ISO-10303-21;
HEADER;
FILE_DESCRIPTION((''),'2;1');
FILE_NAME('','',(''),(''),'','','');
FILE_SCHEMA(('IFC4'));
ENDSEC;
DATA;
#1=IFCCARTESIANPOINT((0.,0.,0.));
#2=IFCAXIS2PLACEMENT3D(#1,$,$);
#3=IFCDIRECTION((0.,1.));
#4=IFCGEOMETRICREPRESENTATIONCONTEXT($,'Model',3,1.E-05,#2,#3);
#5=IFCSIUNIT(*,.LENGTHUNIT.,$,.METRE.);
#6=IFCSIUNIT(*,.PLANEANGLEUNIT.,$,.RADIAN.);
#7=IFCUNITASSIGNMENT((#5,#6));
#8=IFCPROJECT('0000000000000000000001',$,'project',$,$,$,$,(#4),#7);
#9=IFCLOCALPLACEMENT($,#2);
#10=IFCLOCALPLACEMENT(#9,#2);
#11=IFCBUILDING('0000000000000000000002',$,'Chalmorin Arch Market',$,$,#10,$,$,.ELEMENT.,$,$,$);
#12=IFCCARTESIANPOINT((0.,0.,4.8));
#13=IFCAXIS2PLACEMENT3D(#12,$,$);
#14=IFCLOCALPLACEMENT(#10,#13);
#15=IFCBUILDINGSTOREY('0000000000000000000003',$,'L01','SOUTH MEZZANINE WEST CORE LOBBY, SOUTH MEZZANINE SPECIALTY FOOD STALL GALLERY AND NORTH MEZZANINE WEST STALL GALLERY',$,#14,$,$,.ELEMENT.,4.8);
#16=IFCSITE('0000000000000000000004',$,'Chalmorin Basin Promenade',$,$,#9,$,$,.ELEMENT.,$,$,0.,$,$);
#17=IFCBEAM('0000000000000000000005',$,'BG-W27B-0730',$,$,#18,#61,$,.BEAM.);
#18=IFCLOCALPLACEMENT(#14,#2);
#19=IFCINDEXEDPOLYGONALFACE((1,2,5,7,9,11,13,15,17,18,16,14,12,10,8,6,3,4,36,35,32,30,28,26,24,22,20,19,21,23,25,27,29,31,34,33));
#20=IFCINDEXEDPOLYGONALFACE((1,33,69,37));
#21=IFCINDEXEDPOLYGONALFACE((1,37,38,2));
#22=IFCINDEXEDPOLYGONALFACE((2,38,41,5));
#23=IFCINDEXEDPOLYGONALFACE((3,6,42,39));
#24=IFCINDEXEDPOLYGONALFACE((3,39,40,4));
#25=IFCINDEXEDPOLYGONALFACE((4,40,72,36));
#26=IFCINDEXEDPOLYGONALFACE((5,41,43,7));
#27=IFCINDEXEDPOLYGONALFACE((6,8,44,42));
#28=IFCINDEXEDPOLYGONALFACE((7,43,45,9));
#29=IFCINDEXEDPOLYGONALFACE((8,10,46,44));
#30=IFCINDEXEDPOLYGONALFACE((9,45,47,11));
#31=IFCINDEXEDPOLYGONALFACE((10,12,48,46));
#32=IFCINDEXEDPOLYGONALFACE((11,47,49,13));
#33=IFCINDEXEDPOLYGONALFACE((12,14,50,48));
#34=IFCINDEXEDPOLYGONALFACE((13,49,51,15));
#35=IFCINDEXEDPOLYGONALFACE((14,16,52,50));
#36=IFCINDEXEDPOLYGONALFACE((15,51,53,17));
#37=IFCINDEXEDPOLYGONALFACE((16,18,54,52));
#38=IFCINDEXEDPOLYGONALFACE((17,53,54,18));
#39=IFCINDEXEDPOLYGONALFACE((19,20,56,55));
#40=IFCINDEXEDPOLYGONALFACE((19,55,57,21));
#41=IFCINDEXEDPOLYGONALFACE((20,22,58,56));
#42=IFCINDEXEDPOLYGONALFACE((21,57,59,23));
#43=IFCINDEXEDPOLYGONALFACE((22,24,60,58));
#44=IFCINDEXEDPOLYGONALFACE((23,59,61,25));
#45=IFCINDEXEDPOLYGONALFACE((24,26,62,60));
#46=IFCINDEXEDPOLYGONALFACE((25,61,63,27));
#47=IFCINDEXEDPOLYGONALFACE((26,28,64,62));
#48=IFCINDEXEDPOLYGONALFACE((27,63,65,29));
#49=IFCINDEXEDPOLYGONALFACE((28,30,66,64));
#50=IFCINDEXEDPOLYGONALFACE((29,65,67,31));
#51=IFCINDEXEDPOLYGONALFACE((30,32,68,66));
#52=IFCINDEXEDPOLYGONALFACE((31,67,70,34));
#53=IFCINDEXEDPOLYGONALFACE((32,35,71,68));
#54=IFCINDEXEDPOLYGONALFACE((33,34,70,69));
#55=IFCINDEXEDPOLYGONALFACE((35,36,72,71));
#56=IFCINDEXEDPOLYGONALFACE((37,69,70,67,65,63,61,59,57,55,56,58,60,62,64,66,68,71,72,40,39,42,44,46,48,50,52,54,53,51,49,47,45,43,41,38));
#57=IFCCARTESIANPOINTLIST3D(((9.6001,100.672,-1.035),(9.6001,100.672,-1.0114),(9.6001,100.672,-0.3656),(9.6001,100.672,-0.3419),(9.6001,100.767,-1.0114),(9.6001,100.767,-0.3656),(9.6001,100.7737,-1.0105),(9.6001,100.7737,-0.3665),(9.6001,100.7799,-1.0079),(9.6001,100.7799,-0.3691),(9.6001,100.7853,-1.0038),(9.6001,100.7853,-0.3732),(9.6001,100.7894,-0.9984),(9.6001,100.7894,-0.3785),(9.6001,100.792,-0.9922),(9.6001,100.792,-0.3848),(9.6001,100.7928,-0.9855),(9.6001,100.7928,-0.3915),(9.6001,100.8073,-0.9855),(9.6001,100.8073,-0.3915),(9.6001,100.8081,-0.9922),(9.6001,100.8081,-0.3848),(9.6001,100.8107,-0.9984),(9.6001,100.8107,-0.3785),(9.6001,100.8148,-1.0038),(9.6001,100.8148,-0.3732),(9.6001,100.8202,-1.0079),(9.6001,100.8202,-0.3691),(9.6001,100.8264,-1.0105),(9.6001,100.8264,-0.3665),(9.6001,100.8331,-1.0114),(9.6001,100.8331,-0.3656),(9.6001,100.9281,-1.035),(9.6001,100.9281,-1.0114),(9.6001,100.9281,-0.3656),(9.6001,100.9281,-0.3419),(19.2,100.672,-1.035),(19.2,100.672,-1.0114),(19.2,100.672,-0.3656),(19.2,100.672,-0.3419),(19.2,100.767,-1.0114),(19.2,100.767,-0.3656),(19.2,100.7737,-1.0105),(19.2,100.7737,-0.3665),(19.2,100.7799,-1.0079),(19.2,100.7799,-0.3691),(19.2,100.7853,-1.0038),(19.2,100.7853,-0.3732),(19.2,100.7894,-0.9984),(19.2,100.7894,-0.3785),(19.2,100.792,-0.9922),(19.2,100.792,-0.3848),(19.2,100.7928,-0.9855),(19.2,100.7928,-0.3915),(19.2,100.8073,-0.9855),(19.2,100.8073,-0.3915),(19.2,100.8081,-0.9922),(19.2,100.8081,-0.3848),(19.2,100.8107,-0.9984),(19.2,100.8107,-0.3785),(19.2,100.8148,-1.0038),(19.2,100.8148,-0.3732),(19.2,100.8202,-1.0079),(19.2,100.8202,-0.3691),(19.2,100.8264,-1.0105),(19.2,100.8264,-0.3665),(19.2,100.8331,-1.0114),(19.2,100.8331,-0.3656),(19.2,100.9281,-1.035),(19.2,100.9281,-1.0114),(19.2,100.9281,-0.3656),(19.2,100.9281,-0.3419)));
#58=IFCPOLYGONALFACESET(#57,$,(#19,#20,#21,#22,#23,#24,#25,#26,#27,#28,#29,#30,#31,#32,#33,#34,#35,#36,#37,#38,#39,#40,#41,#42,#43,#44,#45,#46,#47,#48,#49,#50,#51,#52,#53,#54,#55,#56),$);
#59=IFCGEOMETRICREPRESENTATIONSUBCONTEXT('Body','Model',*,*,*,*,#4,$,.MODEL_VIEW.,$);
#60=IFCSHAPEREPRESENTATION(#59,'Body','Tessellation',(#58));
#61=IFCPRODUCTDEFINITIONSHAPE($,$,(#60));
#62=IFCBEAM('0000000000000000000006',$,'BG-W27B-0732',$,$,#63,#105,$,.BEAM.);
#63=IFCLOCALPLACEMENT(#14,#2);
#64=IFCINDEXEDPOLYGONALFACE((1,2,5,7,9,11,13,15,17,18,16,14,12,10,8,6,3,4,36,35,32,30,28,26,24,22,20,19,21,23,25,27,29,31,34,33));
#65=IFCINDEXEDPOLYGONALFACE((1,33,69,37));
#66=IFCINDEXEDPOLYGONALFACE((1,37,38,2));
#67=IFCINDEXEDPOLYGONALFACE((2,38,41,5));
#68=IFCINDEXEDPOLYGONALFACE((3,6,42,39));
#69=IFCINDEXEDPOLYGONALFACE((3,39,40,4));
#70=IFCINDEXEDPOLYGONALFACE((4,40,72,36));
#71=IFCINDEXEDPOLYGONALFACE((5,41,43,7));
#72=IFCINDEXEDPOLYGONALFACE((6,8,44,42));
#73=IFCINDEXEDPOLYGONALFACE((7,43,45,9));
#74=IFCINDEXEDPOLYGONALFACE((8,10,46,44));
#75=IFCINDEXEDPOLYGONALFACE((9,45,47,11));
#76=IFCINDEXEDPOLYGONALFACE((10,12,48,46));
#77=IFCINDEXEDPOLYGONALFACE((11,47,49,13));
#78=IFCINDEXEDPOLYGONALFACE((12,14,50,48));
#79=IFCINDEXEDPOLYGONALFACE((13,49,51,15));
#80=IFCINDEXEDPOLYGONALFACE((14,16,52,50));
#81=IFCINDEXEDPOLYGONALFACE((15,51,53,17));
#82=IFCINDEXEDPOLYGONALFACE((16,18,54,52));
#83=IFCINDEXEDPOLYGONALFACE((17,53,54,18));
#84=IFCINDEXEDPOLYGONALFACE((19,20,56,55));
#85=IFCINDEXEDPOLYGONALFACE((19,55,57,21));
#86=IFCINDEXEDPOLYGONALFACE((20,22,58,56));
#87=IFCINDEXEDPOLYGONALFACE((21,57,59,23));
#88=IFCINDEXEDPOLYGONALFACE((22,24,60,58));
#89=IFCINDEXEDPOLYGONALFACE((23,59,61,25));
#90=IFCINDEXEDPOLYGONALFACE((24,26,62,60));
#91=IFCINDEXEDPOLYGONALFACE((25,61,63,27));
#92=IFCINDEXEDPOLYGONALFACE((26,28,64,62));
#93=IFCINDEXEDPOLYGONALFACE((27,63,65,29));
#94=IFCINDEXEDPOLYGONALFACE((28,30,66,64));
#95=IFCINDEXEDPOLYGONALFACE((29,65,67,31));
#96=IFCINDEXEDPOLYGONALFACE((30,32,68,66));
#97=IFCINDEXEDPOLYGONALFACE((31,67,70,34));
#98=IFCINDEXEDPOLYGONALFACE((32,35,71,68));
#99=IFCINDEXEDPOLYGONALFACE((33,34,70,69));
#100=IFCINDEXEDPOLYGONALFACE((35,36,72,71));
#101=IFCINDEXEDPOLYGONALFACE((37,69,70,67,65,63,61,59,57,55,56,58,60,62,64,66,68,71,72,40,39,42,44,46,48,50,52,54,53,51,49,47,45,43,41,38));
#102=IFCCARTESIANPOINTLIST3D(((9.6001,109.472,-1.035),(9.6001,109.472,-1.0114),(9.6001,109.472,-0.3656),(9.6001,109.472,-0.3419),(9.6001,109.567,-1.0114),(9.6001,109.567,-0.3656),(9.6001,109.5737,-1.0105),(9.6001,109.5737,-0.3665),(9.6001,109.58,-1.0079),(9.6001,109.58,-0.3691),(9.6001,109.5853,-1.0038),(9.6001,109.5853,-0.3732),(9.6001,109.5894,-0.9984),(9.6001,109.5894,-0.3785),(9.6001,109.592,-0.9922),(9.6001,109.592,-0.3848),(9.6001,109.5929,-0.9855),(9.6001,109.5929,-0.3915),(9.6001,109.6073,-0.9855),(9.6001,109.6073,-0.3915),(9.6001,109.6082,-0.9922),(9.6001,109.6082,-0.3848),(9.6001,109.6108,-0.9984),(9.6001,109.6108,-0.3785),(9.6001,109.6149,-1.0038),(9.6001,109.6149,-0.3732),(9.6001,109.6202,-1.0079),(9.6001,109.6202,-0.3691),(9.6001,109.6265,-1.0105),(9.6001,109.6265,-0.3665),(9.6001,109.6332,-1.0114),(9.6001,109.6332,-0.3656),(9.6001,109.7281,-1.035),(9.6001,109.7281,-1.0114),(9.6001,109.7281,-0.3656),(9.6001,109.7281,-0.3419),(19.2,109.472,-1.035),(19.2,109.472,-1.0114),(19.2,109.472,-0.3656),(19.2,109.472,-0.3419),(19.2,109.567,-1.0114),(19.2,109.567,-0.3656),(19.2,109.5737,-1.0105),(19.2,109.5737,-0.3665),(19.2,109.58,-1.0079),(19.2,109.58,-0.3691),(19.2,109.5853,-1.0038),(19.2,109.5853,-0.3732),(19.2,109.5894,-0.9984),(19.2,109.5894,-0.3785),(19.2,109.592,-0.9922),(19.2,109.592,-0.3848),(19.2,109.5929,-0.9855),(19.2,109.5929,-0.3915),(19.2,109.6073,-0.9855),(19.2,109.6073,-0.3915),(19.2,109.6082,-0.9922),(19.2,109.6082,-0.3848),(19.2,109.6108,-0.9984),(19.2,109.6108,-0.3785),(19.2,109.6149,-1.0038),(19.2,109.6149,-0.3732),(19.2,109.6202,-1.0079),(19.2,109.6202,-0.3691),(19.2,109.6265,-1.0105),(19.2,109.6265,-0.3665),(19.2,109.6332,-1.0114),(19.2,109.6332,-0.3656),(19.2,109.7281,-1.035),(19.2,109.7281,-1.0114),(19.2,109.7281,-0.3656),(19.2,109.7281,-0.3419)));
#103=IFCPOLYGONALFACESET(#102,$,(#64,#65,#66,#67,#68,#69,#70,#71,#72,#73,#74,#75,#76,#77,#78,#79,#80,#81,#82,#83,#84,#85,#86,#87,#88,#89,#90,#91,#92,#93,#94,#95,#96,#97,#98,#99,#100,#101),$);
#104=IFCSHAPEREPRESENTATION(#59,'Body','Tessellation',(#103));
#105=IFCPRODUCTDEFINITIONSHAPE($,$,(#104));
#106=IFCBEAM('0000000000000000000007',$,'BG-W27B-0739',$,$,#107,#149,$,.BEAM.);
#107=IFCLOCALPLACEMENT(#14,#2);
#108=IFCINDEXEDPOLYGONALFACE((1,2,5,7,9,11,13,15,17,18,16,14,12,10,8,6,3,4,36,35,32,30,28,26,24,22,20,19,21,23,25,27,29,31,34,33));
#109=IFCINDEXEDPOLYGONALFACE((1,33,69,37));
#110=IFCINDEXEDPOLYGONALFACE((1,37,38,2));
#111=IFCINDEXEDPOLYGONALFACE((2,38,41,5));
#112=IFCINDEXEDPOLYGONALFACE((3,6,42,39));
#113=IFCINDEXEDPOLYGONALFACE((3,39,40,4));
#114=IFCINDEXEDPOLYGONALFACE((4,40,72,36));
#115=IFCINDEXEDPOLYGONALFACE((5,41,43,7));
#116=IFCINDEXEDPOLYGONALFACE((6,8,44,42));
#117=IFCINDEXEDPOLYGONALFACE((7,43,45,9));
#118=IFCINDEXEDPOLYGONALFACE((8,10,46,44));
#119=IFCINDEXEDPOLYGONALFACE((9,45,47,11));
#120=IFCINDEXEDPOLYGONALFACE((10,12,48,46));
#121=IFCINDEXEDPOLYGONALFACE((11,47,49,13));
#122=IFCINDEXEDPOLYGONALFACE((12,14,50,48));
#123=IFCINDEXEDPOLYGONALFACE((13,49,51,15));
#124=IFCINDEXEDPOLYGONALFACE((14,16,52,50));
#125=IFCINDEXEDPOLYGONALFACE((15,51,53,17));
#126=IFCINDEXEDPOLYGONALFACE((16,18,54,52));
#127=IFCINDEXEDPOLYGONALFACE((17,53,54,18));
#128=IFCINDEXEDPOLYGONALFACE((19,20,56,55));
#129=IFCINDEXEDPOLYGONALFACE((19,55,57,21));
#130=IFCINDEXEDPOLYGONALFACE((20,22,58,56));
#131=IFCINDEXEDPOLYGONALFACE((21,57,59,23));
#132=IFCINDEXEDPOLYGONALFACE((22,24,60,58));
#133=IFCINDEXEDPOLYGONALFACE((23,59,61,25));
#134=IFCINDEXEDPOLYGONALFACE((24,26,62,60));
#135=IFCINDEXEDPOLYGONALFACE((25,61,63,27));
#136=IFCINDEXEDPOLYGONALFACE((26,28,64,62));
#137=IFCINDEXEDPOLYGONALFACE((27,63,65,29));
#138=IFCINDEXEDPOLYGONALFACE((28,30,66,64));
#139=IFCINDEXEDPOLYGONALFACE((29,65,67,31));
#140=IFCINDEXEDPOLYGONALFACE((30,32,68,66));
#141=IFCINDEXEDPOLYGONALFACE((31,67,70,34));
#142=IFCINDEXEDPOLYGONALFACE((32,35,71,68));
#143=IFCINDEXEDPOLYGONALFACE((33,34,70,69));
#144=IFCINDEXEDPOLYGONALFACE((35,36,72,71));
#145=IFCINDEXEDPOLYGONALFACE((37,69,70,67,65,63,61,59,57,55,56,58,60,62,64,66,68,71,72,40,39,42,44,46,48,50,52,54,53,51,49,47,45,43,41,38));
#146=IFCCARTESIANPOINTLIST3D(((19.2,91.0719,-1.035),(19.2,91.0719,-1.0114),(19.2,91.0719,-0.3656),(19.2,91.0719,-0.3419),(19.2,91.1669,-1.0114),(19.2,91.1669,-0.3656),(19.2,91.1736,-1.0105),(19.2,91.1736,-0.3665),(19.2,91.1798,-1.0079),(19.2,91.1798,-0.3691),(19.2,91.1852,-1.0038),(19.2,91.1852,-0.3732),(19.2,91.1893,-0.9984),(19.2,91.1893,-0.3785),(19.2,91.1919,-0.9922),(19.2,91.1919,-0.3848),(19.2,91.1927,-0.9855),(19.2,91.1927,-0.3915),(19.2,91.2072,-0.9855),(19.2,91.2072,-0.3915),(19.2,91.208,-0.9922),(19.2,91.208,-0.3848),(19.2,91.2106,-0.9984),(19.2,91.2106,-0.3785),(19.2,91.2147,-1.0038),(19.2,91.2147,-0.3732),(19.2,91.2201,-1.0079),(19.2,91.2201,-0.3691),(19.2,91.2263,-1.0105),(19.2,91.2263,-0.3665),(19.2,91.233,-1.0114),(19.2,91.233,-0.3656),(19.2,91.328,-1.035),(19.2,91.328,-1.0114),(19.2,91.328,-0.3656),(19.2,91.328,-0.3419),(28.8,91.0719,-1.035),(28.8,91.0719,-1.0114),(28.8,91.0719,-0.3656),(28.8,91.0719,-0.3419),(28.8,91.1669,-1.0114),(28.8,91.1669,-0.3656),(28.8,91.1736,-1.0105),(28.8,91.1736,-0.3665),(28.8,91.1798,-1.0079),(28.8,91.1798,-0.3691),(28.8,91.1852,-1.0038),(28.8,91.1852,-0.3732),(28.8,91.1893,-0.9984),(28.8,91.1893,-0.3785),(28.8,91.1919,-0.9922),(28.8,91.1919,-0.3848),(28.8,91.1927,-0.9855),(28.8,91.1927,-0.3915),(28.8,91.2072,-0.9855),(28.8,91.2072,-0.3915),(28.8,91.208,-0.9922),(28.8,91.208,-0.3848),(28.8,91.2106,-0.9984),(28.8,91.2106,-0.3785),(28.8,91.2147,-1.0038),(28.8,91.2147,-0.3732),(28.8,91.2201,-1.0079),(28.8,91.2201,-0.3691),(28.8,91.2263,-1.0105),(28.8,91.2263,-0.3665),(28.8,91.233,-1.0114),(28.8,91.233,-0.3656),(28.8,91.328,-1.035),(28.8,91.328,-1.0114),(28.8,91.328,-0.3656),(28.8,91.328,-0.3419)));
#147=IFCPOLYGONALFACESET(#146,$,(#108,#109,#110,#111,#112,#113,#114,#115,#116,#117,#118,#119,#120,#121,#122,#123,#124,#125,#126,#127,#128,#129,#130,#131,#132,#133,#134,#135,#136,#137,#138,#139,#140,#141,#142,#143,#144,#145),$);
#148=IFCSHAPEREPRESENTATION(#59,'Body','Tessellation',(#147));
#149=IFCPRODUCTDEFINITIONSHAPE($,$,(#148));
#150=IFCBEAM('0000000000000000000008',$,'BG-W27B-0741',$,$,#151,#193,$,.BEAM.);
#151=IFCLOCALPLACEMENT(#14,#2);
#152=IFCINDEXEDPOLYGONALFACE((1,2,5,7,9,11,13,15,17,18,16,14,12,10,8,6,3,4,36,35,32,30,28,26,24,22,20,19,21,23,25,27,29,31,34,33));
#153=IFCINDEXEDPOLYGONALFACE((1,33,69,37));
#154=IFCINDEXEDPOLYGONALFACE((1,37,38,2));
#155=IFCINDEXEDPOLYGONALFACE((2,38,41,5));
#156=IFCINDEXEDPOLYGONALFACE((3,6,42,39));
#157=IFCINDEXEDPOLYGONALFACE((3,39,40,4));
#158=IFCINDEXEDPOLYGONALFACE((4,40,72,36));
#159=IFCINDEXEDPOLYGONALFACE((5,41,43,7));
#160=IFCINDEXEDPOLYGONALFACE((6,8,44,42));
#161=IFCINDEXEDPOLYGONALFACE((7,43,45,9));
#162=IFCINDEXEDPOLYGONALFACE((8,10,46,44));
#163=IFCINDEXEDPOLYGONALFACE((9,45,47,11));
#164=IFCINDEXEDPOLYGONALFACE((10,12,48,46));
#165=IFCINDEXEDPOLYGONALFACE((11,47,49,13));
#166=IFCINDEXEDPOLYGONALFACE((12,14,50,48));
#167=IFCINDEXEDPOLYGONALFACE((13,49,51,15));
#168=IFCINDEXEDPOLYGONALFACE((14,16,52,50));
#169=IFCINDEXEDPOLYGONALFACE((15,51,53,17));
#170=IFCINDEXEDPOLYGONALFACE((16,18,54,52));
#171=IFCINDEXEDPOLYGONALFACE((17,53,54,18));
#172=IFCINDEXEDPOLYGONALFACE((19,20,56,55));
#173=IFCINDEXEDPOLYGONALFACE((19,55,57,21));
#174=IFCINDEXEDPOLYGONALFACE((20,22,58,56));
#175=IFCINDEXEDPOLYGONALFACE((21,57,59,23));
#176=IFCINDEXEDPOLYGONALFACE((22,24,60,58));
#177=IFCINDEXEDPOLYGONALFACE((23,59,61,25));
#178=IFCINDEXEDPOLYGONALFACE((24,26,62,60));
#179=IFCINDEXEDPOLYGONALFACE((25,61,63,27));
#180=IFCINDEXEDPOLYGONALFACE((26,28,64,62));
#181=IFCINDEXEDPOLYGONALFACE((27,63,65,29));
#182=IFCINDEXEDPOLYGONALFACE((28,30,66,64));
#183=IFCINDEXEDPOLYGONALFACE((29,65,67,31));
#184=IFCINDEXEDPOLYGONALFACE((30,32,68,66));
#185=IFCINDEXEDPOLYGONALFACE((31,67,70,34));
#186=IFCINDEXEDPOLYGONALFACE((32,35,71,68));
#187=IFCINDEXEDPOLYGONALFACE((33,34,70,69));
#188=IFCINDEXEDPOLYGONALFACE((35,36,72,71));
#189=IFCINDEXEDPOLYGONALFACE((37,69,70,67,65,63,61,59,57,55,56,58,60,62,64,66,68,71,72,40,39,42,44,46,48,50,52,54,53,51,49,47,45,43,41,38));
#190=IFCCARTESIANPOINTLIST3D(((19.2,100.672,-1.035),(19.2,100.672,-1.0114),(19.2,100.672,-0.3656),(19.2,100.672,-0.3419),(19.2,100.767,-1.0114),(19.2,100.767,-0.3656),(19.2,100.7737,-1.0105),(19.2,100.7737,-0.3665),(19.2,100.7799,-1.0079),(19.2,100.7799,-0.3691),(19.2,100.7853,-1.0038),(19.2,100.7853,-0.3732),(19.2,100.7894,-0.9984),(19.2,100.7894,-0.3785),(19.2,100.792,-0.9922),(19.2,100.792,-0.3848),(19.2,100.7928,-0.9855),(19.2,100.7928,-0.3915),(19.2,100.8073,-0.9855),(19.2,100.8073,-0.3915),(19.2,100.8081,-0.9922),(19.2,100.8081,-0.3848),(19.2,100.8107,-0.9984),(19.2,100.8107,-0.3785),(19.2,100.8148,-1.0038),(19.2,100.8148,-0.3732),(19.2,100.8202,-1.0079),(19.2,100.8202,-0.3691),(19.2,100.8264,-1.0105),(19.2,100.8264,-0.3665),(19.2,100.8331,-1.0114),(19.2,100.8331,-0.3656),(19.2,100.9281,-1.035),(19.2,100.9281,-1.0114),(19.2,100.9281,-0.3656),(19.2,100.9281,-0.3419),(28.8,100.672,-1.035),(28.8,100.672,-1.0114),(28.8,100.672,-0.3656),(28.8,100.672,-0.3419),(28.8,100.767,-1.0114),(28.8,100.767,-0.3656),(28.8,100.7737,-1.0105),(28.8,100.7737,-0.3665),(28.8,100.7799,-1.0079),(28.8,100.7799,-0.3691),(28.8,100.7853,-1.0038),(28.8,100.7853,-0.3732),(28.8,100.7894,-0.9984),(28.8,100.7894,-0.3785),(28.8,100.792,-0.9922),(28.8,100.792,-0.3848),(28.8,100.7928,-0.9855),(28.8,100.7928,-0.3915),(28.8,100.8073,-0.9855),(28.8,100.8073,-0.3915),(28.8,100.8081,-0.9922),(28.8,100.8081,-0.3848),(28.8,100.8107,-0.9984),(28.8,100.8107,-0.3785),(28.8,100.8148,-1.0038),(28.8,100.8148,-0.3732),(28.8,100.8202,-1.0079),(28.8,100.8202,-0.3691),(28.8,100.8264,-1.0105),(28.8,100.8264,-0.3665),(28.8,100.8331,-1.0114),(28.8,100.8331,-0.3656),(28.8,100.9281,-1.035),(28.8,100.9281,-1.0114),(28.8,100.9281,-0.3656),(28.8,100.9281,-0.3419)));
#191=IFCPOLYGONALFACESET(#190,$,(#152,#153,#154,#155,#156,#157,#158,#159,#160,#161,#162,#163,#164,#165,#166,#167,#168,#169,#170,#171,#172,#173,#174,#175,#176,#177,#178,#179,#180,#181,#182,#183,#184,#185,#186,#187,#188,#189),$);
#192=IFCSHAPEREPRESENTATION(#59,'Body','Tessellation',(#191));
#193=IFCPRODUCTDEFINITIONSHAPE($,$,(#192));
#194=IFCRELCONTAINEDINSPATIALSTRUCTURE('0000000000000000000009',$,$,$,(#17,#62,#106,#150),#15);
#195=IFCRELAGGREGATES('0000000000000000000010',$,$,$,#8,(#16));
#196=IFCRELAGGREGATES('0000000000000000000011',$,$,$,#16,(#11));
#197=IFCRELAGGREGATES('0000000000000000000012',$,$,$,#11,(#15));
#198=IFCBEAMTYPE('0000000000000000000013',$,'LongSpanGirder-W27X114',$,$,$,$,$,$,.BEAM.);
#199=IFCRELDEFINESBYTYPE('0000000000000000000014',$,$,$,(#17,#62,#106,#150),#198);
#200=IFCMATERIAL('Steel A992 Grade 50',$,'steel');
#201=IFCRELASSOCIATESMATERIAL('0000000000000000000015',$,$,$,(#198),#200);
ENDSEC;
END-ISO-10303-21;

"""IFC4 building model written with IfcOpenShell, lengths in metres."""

from ifc_helpers import new_model, si_unit, direction, frame, origin, origin_2d, place, context, subcontext, project, spatial, i_section, extrude, material, material_profile, profile_set, type_object, element, save


model = new_model("IFC4")

# Units and contexts
model_context = context("Model", 3, precision=1e-05, world=origin(), true_north=direction((0.0, 1.0)))
body_context = subcontext(model_context, "Body", "Model", "MODEL_VIEW")
ifc_project = project(units=[si_unit("LENGTHUNIT", "METRE"), si_unit("PLANEANGLEUNIT", "RADIAN")], contexts=[model_context])

# Site, building, storey
site_placement = place(None, origin())
site = spatial("IfcSite", under=ifc_project, at=site_placement, Name="Chalmorin Basin Promenade", CompositionType="ELEMENT", RefElevation=0.0)
building_placement = place(site_placement, origin())
building = spatial("IfcBuilding", under=site, at=building_placement, Name="Chalmorin Arch Market", CompositionType="ELEMENT")
storey_placement = place(building_placement, frame((0.0, 0.0, 4.8)))
storey = spatial("IfcBuildingStorey", under=building, at=storey_placement, Name="L01", Description="SOUTH MEZZANINE WEST CORE LOBBY, SOUTH MEZZANINE SPECIALTY FOOD STALL GALLERY AND NORTH MEZZANINE WEST STALL GALLERY", CompositionType="ELEMENT", Elevation=4.8)

# Beams
ifc_material = material(Name="Steel A992 Grade 50", Category="steel")
ifc_material_profile_1 = material_profile(ifc_material, i_section(OverallWidth=0.2561, OverallDepth=0.6931, WebThickness=0.0144, FlangeThickness=0.0237, FilletRadius=0.0259, at=origin_2d()), Name="W27X114")
ifc_profile_set_1 = profile_set([ifc_material_profile_1], Name="Steel A992 Grade 50")
beam_type_1 = type_object("IfcBeamType", Name="LongSpanGirder-W27X114", PredefinedType="BEAM", material=ifc_profile_set_1)
for number, where, z_axis, x_axis, name in (
    (1, (9.6001, 100.8, -0.6885), (1.0, 0.0, 0.0), (0.0, 1.0, 0.0), "BG-W27B-0730"),
    (2, (9.6001, 109.6001, -0.6885), (1.0, 0.0, 0.0), (0.0, 1.0, 0.0), "BG-W27B-0732"),
):
    element("IfcBeam", number, at=place(storey_placement, frame(where, z_axis=z_axis, x_axis=x_axis)), inside=storey, type_object=beam_type_1, Name=name, PredefinedType="BEAM", context=body_context, shape_type="SweptSolid", body=[
        extrude(i_section(OverallWidth=0.2561, OverallDepth=0.6931, WebThickness=0.0144, FlangeThickness=0.0237, FilletRadius=0.0259, at=origin_2d()), origin(), (0.0, 0.0, 1.0), 9.5999),
    ])
for number, where, z_axis, x_axis, name in (
    (3, (19.2, 91.2, -0.6885), (1.0, 0.0, 0.0), (0.0, 1.0, 0.0), "BG-W27B-0739"),
    (4, (19.2, 100.8, -0.6885), (1.0, 0.0, 0.0), (0.0, 1.0, 0.0), "BG-W27B-0741"),
):
    element("IfcBeam", number, at=place(storey_placement, frame(where, z_axis=z_axis, x_axis=x_axis)), inside=storey, type_object=beam_type_1, Name=name, PredefinedType="BEAM", context=body_context, shape_type="SweptSolid", body=[
        extrude(i_section(OverallWidth=0.2561, OverallDepth=0.6931, WebThickness=0.0144, FlangeThickness=0.0237, FilletRadius=0.0259, at=origin_2d()), origin(), (0.0, 0.0, 1.0), 9.6001),
    ])

save(model, "model.ifc")
